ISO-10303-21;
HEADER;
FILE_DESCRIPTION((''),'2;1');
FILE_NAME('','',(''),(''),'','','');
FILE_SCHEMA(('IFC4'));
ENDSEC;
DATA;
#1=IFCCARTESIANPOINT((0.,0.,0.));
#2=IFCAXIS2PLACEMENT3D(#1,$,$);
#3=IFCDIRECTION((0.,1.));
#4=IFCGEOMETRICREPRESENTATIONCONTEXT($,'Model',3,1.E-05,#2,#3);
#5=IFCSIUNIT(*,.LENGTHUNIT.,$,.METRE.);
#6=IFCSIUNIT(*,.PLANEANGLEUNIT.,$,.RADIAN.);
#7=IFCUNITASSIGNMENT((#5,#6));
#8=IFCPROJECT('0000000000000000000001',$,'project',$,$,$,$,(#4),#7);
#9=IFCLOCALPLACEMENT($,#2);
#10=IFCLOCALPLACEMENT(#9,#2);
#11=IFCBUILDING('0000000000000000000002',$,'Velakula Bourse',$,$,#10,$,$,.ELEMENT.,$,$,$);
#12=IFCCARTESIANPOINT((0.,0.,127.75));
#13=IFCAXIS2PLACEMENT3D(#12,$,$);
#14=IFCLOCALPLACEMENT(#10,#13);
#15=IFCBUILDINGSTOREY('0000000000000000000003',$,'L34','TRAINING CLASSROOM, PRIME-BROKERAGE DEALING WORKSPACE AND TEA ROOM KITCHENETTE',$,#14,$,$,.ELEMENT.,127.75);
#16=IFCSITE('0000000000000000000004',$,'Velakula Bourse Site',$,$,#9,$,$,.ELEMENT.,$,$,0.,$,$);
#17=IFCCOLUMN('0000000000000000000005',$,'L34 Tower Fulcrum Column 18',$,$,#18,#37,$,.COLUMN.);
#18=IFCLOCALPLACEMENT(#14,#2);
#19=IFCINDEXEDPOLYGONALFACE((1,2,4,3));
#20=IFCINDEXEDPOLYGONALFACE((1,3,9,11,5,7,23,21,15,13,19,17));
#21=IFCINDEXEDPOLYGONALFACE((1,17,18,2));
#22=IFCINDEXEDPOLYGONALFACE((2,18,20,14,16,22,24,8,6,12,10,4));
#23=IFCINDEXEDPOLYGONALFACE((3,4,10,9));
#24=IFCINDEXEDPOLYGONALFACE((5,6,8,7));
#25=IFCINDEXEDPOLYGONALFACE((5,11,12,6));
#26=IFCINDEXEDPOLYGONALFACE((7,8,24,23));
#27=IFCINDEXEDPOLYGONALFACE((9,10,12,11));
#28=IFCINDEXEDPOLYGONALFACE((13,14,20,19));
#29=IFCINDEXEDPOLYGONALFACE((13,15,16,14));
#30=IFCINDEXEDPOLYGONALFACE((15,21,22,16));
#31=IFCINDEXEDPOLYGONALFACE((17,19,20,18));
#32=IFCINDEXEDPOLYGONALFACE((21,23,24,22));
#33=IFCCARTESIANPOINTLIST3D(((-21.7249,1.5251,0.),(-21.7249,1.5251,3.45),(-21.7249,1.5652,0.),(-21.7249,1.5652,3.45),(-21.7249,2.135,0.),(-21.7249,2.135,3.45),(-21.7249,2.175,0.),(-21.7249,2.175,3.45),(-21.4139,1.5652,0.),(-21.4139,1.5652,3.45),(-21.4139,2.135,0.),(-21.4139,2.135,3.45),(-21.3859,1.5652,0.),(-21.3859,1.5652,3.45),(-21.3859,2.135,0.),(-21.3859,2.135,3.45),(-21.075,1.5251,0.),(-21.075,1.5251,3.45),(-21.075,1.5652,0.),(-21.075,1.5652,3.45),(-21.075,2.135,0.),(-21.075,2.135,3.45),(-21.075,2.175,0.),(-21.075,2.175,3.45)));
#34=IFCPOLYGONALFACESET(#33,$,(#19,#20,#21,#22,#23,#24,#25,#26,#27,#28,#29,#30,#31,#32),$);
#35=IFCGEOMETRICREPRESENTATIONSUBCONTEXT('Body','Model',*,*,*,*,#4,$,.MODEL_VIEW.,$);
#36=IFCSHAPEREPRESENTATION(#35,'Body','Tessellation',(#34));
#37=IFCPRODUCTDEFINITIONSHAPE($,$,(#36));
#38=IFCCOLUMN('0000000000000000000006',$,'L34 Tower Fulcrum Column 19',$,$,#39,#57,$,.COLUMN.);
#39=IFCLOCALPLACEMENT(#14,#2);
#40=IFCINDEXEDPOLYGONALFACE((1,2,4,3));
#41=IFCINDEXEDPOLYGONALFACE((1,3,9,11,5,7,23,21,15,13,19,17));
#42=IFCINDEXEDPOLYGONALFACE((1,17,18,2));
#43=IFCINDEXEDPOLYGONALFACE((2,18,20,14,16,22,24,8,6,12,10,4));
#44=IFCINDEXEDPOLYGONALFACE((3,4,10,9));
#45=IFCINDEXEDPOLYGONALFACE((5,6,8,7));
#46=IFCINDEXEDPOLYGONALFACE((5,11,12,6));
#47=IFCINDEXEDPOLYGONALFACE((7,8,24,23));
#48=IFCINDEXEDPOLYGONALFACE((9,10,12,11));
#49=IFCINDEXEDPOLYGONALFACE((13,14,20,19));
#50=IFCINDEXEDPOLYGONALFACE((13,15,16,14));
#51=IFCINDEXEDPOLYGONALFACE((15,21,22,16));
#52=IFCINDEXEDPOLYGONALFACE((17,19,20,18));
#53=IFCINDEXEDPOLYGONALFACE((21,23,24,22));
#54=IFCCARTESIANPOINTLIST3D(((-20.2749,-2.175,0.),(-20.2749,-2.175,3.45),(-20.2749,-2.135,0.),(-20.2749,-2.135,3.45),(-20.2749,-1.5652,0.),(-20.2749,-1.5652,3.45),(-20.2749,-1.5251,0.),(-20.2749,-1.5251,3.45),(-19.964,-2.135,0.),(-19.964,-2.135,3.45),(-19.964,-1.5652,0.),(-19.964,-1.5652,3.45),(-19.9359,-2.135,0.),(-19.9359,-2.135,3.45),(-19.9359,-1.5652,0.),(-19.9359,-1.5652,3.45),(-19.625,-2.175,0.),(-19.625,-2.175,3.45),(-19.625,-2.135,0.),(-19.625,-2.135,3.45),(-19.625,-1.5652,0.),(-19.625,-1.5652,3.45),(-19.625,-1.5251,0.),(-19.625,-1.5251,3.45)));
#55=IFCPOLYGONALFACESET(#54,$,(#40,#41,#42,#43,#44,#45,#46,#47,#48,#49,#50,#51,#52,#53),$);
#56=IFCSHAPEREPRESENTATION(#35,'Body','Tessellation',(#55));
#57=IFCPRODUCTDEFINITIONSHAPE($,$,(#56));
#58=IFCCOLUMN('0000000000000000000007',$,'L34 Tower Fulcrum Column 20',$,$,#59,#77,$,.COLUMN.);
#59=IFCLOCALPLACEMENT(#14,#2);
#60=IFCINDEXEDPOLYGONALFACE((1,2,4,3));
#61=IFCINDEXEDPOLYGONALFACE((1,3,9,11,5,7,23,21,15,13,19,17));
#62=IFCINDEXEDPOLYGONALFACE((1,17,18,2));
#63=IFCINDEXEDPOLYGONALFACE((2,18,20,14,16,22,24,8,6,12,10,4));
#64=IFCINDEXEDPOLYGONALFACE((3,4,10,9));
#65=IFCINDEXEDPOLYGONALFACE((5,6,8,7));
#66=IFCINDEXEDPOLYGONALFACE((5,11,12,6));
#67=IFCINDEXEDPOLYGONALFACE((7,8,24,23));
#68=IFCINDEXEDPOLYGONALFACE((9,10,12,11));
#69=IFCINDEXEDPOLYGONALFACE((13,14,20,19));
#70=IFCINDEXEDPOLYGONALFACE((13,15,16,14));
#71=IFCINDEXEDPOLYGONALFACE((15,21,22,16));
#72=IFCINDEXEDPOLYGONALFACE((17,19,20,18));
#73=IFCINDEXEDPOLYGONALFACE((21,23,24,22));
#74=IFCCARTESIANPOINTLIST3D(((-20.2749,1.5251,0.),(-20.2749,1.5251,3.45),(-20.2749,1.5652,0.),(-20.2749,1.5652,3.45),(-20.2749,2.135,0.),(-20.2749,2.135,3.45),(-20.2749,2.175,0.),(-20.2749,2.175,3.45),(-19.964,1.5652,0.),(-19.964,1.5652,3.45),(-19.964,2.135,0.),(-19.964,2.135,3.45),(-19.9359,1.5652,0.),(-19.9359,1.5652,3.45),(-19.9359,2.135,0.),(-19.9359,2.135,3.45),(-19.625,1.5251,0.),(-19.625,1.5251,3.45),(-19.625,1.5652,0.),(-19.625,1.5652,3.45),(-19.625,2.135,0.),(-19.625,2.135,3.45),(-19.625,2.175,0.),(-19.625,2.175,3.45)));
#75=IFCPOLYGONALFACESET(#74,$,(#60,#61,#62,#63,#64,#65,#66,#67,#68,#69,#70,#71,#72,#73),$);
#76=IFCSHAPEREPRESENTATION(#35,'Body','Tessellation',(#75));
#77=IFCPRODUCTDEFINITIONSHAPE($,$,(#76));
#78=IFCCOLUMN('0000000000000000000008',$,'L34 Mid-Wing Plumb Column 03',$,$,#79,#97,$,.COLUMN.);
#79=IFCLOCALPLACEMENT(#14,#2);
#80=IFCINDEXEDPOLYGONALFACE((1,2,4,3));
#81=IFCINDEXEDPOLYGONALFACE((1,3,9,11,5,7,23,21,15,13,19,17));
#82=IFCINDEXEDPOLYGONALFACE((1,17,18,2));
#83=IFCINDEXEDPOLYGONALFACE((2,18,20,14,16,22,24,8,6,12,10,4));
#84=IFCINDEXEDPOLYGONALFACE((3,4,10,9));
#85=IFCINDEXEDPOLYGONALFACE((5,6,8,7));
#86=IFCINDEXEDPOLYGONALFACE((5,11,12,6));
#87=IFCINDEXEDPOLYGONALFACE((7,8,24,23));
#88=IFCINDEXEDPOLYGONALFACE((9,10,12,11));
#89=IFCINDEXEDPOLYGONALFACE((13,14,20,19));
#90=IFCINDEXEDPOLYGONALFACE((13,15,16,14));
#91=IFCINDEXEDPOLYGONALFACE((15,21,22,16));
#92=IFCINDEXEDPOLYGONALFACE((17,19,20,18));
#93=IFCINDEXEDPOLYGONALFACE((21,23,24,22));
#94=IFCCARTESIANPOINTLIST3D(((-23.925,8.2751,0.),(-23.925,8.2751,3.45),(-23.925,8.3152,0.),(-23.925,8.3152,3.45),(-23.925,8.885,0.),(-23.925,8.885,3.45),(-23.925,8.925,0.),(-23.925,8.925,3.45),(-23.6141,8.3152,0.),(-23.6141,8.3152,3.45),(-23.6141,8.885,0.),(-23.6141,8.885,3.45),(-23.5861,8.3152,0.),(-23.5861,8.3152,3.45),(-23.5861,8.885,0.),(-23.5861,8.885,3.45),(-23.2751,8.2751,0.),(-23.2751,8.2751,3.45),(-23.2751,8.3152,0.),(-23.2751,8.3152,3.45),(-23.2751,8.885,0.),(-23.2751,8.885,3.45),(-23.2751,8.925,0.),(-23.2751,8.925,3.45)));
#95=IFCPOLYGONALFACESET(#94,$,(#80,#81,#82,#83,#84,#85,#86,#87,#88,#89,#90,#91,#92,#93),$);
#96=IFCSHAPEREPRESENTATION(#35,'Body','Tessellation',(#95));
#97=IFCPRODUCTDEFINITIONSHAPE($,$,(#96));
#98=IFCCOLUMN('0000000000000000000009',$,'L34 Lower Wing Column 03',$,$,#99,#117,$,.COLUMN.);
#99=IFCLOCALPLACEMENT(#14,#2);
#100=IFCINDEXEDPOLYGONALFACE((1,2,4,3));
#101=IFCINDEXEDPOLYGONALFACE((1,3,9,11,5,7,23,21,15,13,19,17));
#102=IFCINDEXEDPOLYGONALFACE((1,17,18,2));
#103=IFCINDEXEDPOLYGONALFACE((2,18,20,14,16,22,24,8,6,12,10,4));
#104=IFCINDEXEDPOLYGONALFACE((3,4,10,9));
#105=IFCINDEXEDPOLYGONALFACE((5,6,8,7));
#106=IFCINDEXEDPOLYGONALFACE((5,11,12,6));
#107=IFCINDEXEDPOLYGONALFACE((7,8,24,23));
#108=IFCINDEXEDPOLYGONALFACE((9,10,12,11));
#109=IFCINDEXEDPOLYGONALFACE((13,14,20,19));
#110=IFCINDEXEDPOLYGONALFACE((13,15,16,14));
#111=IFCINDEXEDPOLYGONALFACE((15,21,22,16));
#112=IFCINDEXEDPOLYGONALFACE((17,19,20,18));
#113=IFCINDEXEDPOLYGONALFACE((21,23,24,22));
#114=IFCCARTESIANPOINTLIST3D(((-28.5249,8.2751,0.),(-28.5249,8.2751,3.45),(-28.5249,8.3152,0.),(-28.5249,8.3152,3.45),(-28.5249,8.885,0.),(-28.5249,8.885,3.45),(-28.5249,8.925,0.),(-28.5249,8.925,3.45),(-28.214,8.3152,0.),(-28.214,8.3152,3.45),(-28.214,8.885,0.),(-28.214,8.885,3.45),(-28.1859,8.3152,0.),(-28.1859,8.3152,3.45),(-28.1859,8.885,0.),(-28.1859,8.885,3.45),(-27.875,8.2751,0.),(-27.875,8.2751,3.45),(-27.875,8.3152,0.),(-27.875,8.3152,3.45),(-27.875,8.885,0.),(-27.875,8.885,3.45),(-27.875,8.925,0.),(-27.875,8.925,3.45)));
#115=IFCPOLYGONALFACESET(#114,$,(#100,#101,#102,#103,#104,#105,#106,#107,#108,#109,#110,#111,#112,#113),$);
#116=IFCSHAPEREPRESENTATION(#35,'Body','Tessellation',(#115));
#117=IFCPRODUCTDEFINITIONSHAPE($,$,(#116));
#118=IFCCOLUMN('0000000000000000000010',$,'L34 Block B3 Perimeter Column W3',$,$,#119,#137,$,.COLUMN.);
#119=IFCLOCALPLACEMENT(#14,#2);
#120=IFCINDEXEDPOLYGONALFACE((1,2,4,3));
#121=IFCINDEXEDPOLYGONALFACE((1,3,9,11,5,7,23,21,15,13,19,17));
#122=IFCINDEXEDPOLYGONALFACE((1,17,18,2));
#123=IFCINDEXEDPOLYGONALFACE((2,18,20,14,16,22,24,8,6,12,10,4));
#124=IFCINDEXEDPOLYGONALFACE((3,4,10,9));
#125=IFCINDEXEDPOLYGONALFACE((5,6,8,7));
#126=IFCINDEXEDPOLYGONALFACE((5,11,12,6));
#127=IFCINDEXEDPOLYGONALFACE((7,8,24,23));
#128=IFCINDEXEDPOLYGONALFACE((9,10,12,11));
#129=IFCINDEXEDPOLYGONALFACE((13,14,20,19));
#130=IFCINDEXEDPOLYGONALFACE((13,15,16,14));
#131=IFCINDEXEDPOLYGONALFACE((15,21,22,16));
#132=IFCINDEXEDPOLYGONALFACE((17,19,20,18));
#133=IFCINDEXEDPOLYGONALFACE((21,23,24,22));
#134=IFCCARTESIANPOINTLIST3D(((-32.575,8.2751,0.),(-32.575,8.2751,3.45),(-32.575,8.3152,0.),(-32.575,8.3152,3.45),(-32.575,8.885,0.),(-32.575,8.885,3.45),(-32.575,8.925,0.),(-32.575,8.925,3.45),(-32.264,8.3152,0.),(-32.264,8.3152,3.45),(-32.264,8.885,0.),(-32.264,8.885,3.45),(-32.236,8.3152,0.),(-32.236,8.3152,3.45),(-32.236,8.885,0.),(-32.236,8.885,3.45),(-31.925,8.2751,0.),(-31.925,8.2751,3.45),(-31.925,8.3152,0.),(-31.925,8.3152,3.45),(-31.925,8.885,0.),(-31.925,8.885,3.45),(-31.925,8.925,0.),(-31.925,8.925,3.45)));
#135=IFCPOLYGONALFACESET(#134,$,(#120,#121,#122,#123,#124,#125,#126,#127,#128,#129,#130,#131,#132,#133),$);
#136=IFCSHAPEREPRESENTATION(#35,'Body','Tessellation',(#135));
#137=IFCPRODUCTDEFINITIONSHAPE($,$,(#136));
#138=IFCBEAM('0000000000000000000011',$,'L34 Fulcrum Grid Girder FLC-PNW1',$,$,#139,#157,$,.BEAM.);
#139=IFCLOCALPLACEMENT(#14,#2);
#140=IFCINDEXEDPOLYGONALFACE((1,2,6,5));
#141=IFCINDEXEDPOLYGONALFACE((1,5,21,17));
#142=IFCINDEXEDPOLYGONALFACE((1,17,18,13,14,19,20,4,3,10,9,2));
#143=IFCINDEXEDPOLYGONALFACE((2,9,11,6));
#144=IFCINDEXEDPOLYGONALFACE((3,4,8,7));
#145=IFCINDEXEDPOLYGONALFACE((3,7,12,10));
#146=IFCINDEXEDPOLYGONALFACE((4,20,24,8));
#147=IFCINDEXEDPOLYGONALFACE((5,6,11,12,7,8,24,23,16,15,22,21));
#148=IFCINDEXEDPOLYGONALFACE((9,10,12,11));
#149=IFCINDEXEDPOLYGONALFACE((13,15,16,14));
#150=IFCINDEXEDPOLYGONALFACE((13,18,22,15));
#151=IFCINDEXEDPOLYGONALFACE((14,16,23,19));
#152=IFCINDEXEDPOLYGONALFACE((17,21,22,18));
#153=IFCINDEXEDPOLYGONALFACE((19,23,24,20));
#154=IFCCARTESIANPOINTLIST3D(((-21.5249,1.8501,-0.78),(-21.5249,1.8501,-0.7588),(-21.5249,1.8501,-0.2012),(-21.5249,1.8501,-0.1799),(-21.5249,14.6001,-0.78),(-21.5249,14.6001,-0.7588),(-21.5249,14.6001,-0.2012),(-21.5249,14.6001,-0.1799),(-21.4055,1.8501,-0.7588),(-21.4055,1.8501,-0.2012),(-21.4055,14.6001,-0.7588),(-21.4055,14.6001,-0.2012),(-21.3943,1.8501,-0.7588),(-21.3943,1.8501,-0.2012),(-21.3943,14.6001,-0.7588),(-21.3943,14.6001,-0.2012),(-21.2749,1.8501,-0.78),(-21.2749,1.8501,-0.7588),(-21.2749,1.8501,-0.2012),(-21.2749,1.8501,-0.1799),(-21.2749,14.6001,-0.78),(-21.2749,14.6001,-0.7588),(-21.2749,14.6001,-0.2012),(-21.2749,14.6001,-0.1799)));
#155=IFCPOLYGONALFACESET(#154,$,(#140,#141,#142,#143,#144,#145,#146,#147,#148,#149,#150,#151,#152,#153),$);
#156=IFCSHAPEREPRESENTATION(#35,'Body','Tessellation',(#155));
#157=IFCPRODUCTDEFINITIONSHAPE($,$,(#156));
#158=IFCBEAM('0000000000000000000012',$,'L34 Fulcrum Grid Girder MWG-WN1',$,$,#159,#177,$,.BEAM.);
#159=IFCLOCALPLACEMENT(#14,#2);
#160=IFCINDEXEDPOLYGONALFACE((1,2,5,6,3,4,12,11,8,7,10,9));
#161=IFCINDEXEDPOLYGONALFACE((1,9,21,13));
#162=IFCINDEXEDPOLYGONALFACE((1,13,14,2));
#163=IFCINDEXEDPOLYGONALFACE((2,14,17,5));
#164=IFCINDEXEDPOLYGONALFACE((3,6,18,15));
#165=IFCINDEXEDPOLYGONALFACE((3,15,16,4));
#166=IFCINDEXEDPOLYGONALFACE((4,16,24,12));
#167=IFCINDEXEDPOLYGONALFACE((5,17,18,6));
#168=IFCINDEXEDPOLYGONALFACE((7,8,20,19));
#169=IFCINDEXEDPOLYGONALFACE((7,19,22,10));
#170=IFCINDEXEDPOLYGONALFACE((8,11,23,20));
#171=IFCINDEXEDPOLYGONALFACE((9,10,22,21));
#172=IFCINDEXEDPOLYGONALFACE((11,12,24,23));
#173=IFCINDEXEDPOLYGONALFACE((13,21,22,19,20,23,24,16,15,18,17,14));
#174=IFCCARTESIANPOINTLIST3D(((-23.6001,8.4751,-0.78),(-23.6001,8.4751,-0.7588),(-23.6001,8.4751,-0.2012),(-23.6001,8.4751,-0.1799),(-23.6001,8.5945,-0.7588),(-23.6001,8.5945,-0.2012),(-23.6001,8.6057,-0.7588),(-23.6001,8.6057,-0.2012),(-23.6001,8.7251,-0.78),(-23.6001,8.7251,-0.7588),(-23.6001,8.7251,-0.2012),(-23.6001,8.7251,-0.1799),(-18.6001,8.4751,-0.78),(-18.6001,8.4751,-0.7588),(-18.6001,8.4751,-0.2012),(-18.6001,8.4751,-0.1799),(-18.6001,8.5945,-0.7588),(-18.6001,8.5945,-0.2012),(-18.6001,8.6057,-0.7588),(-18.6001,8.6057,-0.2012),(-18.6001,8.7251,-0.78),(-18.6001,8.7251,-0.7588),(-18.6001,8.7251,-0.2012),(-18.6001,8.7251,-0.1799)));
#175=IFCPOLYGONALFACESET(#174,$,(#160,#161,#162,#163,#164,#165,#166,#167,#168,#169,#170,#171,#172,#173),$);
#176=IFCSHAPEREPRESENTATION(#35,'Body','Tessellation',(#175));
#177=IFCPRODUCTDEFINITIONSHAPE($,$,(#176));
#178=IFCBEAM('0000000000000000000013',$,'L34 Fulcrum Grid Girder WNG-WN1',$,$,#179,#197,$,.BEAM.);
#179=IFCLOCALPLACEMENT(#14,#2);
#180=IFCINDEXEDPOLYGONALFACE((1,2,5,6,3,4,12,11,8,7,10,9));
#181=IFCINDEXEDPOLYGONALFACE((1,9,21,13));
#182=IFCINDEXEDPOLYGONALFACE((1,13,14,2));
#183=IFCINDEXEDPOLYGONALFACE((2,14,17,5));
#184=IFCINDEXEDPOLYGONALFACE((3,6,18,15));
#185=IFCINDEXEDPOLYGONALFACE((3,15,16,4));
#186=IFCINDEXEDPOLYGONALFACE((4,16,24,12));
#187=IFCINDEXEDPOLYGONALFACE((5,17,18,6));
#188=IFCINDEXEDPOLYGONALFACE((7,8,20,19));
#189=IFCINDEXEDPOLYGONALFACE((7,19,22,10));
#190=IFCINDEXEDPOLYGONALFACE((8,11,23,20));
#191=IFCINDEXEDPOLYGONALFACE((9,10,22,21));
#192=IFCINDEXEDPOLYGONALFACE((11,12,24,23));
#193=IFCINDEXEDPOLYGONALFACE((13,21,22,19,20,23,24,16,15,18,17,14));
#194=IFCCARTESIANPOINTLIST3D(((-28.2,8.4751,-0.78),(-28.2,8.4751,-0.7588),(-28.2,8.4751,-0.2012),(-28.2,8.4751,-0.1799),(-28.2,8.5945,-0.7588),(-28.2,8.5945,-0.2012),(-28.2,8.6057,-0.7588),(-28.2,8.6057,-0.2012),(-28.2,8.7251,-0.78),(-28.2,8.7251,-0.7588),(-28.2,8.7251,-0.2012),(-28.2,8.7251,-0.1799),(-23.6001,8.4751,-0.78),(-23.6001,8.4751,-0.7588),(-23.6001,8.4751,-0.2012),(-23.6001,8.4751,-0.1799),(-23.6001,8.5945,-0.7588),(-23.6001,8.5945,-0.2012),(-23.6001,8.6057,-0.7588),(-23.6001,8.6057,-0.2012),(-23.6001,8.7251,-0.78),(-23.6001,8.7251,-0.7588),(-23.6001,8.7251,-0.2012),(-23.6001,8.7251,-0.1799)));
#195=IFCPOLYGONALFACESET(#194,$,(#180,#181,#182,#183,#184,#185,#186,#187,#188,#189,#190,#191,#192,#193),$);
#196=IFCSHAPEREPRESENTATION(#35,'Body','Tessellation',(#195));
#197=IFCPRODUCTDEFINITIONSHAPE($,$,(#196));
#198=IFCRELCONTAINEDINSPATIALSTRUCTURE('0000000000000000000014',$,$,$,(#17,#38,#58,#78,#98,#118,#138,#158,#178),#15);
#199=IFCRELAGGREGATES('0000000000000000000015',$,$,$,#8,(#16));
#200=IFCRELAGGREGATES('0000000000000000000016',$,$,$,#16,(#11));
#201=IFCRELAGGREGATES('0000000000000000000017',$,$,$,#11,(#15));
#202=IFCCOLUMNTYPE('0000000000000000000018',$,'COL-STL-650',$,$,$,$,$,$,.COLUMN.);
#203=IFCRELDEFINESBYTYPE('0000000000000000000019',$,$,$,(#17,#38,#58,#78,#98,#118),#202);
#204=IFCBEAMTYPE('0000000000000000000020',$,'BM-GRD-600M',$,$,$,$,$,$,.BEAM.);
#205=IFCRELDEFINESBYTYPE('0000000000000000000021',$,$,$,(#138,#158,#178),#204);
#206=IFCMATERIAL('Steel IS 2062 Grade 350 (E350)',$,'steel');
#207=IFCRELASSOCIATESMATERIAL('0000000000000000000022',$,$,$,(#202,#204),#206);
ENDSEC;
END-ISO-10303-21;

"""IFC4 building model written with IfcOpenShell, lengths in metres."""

from ifc_helpers import new_model, si_unit, direction, frame, origin, origin_2d, place, context, subcontext, project, spatial, i_section, extrude, material, material_profile, profile_set, type_object, element, save


model = new_model("IFC4")

# Units and contexts
model_context = context("Model", 3, precision=1e-05, world=origin(), true_north=direction((0.0, 1.0)))
body_context = subcontext(model_context, "Body", "Model", "MODEL_VIEW")
ifc_project = project(units=[si_unit("LENGTHUNIT", "METRE"), si_unit("PLANEANGLEUNIT", "RADIAN")], contexts=[model_context])

# Site, building, storey
site_placement = place(None, origin())
site = spatial("IfcSite", under=ifc_project, at=site_placement, Name="Velakula Bourse Site", CompositionType="ELEMENT", RefElevation=0.0)
building_placement = place(site_placement, origin())
building = spatial("IfcBuilding", under=site, at=building_placement, Name="Velakula Bourse", CompositionType="ELEMENT")
storey_placement = place(building_placement, frame((0.0, 0.0, 127.75)))
storey = spatial("IfcBuildingStorey", under=building, at=storey_placement, Name="L34", Description="TRAINING CLASSROOM, PRIME-BROKERAGE DEALING WORKSPACE AND TEA ROOM KITCHENETTE", CompositionType="ELEMENT", Elevation=127.75)

# Columns
ifc_material_1 = material(Name="Steel IS 2062 Grade 350 (E350)", Category="steel")
ifc_material_profile_1 = material_profile(ifc_material_1, i_section(OverallWidth=0.6499, OverallDepth=0.6499, WebThickness=0.0281, FlangeThickness=0.04, at=origin_2d()), Name="Steel IS 2062 Grade 350 (E350)")
ifc_profile_set_1 = profile_set([ifc_material_profile_1], Name="Steel IS 2062 Grade 350 (E350)")
column_type = type_object("IfcColumnType", Name="COL-STL-650", PredefinedType="COLUMN", material=ifc_profile_set_1)
for number, where, z_axis, x_axis, name in (
    (1, (-21.3999, 1.8501, 0.0), (0.0, 0.0, 1.0), (1.0, 0.0, 0.0), "L34 Tower Fulcrum Column 18"),
    (2, (-19.95, -1.8501, 0.0), (0.0, 0.0, 1.0), (1.0, 0.0, 0.0), "L34 Tower Fulcrum Column 19"),
    (3, (-19.95, 1.8501, 0.0), (0.0, 0.0, 1.0), (1.0, 0.0, 0.0), "L34 Tower Fulcrum Column 20"),
    (4, (-23.6001, 8.6001, 0.0), (0.0, 0.0, 1.0), (1.0, 0.0, 0.0), "L34 Mid-Wing Plumb Column 03"),
    (5, (-28.2, 8.6001, 0.0), (0.0, 0.0, 1.0), (1.0, 0.0, 0.0), "L34 Lower Wing Column 03"),
    (6, (-32.25, 8.6001, 0.0), (0.0, 0.0, 1.0), (1.0, 0.0, 0.0), "L34 Block B3 Perimeter Column W3"),
):
    element("IfcColumn", number, at=place(storey_placement, frame(where, z_axis=z_axis, x_axis=x_axis)), inside=storey, type_object=column_type, Name=name, PredefinedType="COLUMN", context=body_context, shape_type="SweptSolid", body=[
        extrude(i_section(OverallWidth=0.6499, OverallDepth=0.6499, WebThickness=0.0281, FlangeThickness=0.04, at=origin_2d()), origin(), (0.0, 0.0, 1.0), 3.45),
    ])

# Beams
ifc_material_profile_2 = material_profile(ifc_material_1, i_section(OverallWidth=0.25, OverallDepth=0.6001, WebThickness=0.0112, FlangeThickness=0.0212, at=origin_2d()), Name="Steel IS 2062 Grade 350 (E350)")
ifc_profile_set_2 = profile_set([ifc_material_profile_2], Name="Steel IS 2062 Grade 350 (E350)")
beam_type_1 = type_object("IfcBeamType", Name="BM-GRD-600M", PredefinedType="BEAM", material=ifc_profile_set_2)
beam_1_placement = place(storey_placement, frame((-21.3999, 1.8501, -0.48), z_axis=(0.0, 1.0, 0.0), x_axis=(-1.0, 0.0, 0.0)))
element("IfcBeam", 7, at=beam_1_placement, inside=storey, type_object=beam_type_1, Name="L34 Fulcrum Grid Girder FLC-PNW1", PredefinedType="BEAM", context=body_context, shape_type="SweptSolid", body=[
    extrude(i_section(OverallWidth=0.25, OverallDepth=0.6001, WebThickness=0.0112, FlangeThickness=0.0212, at=origin_2d()), origin(), (0.0, 0.0, 1.0), 12.75),
])
beam_2_placement = place(storey_placement, frame((-23.6001, 8.6001, -0.48), z_axis=(1.0, 0.0, 0.0), x_axis=(0.0, 1.0, 0.0)))
element("IfcBeam", 8, at=beam_2_placement, inside=storey, type_object=beam_type_1, Name="L34 Fulcrum Grid Girder MWG-WN1", PredefinedType="BEAM", context=body_context, shape_type="SweptSolid", body=[
    extrude(i_section(OverallWidth=0.25, OverallDepth=0.6001, WebThickness=0.0112, FlangeThickness=0.0212, at=origin_2d()), origin(), (0.0, 0.0, 1.0), 5.0),
])
beam_3_placement = place(storey_placement, frame((-28.2, 8.6001, -0.48), z_axis=(1.0, 0.0, 0.0), x_axis=(0.0, 1.0, 0.0)))
element("IfcBeam", 9, at=beam_3_placement, inside=storey, type_object=beam_type_1, Name="L34 Fulcrum Grid Girder WNG-WN1", PredefinedType="BEAM", context=body_context, shape_type="SweptSolid", body=[
    extrude(i_section(OverallWidth=0.25, OverallDepth=0.6001, WebThickness=0.0112, FlangeThickness=0.0212, at=origin_2d()), origin(), (0.0, 0.0, 1.0), 4.5999),
])

save(model, "model.ifc")
